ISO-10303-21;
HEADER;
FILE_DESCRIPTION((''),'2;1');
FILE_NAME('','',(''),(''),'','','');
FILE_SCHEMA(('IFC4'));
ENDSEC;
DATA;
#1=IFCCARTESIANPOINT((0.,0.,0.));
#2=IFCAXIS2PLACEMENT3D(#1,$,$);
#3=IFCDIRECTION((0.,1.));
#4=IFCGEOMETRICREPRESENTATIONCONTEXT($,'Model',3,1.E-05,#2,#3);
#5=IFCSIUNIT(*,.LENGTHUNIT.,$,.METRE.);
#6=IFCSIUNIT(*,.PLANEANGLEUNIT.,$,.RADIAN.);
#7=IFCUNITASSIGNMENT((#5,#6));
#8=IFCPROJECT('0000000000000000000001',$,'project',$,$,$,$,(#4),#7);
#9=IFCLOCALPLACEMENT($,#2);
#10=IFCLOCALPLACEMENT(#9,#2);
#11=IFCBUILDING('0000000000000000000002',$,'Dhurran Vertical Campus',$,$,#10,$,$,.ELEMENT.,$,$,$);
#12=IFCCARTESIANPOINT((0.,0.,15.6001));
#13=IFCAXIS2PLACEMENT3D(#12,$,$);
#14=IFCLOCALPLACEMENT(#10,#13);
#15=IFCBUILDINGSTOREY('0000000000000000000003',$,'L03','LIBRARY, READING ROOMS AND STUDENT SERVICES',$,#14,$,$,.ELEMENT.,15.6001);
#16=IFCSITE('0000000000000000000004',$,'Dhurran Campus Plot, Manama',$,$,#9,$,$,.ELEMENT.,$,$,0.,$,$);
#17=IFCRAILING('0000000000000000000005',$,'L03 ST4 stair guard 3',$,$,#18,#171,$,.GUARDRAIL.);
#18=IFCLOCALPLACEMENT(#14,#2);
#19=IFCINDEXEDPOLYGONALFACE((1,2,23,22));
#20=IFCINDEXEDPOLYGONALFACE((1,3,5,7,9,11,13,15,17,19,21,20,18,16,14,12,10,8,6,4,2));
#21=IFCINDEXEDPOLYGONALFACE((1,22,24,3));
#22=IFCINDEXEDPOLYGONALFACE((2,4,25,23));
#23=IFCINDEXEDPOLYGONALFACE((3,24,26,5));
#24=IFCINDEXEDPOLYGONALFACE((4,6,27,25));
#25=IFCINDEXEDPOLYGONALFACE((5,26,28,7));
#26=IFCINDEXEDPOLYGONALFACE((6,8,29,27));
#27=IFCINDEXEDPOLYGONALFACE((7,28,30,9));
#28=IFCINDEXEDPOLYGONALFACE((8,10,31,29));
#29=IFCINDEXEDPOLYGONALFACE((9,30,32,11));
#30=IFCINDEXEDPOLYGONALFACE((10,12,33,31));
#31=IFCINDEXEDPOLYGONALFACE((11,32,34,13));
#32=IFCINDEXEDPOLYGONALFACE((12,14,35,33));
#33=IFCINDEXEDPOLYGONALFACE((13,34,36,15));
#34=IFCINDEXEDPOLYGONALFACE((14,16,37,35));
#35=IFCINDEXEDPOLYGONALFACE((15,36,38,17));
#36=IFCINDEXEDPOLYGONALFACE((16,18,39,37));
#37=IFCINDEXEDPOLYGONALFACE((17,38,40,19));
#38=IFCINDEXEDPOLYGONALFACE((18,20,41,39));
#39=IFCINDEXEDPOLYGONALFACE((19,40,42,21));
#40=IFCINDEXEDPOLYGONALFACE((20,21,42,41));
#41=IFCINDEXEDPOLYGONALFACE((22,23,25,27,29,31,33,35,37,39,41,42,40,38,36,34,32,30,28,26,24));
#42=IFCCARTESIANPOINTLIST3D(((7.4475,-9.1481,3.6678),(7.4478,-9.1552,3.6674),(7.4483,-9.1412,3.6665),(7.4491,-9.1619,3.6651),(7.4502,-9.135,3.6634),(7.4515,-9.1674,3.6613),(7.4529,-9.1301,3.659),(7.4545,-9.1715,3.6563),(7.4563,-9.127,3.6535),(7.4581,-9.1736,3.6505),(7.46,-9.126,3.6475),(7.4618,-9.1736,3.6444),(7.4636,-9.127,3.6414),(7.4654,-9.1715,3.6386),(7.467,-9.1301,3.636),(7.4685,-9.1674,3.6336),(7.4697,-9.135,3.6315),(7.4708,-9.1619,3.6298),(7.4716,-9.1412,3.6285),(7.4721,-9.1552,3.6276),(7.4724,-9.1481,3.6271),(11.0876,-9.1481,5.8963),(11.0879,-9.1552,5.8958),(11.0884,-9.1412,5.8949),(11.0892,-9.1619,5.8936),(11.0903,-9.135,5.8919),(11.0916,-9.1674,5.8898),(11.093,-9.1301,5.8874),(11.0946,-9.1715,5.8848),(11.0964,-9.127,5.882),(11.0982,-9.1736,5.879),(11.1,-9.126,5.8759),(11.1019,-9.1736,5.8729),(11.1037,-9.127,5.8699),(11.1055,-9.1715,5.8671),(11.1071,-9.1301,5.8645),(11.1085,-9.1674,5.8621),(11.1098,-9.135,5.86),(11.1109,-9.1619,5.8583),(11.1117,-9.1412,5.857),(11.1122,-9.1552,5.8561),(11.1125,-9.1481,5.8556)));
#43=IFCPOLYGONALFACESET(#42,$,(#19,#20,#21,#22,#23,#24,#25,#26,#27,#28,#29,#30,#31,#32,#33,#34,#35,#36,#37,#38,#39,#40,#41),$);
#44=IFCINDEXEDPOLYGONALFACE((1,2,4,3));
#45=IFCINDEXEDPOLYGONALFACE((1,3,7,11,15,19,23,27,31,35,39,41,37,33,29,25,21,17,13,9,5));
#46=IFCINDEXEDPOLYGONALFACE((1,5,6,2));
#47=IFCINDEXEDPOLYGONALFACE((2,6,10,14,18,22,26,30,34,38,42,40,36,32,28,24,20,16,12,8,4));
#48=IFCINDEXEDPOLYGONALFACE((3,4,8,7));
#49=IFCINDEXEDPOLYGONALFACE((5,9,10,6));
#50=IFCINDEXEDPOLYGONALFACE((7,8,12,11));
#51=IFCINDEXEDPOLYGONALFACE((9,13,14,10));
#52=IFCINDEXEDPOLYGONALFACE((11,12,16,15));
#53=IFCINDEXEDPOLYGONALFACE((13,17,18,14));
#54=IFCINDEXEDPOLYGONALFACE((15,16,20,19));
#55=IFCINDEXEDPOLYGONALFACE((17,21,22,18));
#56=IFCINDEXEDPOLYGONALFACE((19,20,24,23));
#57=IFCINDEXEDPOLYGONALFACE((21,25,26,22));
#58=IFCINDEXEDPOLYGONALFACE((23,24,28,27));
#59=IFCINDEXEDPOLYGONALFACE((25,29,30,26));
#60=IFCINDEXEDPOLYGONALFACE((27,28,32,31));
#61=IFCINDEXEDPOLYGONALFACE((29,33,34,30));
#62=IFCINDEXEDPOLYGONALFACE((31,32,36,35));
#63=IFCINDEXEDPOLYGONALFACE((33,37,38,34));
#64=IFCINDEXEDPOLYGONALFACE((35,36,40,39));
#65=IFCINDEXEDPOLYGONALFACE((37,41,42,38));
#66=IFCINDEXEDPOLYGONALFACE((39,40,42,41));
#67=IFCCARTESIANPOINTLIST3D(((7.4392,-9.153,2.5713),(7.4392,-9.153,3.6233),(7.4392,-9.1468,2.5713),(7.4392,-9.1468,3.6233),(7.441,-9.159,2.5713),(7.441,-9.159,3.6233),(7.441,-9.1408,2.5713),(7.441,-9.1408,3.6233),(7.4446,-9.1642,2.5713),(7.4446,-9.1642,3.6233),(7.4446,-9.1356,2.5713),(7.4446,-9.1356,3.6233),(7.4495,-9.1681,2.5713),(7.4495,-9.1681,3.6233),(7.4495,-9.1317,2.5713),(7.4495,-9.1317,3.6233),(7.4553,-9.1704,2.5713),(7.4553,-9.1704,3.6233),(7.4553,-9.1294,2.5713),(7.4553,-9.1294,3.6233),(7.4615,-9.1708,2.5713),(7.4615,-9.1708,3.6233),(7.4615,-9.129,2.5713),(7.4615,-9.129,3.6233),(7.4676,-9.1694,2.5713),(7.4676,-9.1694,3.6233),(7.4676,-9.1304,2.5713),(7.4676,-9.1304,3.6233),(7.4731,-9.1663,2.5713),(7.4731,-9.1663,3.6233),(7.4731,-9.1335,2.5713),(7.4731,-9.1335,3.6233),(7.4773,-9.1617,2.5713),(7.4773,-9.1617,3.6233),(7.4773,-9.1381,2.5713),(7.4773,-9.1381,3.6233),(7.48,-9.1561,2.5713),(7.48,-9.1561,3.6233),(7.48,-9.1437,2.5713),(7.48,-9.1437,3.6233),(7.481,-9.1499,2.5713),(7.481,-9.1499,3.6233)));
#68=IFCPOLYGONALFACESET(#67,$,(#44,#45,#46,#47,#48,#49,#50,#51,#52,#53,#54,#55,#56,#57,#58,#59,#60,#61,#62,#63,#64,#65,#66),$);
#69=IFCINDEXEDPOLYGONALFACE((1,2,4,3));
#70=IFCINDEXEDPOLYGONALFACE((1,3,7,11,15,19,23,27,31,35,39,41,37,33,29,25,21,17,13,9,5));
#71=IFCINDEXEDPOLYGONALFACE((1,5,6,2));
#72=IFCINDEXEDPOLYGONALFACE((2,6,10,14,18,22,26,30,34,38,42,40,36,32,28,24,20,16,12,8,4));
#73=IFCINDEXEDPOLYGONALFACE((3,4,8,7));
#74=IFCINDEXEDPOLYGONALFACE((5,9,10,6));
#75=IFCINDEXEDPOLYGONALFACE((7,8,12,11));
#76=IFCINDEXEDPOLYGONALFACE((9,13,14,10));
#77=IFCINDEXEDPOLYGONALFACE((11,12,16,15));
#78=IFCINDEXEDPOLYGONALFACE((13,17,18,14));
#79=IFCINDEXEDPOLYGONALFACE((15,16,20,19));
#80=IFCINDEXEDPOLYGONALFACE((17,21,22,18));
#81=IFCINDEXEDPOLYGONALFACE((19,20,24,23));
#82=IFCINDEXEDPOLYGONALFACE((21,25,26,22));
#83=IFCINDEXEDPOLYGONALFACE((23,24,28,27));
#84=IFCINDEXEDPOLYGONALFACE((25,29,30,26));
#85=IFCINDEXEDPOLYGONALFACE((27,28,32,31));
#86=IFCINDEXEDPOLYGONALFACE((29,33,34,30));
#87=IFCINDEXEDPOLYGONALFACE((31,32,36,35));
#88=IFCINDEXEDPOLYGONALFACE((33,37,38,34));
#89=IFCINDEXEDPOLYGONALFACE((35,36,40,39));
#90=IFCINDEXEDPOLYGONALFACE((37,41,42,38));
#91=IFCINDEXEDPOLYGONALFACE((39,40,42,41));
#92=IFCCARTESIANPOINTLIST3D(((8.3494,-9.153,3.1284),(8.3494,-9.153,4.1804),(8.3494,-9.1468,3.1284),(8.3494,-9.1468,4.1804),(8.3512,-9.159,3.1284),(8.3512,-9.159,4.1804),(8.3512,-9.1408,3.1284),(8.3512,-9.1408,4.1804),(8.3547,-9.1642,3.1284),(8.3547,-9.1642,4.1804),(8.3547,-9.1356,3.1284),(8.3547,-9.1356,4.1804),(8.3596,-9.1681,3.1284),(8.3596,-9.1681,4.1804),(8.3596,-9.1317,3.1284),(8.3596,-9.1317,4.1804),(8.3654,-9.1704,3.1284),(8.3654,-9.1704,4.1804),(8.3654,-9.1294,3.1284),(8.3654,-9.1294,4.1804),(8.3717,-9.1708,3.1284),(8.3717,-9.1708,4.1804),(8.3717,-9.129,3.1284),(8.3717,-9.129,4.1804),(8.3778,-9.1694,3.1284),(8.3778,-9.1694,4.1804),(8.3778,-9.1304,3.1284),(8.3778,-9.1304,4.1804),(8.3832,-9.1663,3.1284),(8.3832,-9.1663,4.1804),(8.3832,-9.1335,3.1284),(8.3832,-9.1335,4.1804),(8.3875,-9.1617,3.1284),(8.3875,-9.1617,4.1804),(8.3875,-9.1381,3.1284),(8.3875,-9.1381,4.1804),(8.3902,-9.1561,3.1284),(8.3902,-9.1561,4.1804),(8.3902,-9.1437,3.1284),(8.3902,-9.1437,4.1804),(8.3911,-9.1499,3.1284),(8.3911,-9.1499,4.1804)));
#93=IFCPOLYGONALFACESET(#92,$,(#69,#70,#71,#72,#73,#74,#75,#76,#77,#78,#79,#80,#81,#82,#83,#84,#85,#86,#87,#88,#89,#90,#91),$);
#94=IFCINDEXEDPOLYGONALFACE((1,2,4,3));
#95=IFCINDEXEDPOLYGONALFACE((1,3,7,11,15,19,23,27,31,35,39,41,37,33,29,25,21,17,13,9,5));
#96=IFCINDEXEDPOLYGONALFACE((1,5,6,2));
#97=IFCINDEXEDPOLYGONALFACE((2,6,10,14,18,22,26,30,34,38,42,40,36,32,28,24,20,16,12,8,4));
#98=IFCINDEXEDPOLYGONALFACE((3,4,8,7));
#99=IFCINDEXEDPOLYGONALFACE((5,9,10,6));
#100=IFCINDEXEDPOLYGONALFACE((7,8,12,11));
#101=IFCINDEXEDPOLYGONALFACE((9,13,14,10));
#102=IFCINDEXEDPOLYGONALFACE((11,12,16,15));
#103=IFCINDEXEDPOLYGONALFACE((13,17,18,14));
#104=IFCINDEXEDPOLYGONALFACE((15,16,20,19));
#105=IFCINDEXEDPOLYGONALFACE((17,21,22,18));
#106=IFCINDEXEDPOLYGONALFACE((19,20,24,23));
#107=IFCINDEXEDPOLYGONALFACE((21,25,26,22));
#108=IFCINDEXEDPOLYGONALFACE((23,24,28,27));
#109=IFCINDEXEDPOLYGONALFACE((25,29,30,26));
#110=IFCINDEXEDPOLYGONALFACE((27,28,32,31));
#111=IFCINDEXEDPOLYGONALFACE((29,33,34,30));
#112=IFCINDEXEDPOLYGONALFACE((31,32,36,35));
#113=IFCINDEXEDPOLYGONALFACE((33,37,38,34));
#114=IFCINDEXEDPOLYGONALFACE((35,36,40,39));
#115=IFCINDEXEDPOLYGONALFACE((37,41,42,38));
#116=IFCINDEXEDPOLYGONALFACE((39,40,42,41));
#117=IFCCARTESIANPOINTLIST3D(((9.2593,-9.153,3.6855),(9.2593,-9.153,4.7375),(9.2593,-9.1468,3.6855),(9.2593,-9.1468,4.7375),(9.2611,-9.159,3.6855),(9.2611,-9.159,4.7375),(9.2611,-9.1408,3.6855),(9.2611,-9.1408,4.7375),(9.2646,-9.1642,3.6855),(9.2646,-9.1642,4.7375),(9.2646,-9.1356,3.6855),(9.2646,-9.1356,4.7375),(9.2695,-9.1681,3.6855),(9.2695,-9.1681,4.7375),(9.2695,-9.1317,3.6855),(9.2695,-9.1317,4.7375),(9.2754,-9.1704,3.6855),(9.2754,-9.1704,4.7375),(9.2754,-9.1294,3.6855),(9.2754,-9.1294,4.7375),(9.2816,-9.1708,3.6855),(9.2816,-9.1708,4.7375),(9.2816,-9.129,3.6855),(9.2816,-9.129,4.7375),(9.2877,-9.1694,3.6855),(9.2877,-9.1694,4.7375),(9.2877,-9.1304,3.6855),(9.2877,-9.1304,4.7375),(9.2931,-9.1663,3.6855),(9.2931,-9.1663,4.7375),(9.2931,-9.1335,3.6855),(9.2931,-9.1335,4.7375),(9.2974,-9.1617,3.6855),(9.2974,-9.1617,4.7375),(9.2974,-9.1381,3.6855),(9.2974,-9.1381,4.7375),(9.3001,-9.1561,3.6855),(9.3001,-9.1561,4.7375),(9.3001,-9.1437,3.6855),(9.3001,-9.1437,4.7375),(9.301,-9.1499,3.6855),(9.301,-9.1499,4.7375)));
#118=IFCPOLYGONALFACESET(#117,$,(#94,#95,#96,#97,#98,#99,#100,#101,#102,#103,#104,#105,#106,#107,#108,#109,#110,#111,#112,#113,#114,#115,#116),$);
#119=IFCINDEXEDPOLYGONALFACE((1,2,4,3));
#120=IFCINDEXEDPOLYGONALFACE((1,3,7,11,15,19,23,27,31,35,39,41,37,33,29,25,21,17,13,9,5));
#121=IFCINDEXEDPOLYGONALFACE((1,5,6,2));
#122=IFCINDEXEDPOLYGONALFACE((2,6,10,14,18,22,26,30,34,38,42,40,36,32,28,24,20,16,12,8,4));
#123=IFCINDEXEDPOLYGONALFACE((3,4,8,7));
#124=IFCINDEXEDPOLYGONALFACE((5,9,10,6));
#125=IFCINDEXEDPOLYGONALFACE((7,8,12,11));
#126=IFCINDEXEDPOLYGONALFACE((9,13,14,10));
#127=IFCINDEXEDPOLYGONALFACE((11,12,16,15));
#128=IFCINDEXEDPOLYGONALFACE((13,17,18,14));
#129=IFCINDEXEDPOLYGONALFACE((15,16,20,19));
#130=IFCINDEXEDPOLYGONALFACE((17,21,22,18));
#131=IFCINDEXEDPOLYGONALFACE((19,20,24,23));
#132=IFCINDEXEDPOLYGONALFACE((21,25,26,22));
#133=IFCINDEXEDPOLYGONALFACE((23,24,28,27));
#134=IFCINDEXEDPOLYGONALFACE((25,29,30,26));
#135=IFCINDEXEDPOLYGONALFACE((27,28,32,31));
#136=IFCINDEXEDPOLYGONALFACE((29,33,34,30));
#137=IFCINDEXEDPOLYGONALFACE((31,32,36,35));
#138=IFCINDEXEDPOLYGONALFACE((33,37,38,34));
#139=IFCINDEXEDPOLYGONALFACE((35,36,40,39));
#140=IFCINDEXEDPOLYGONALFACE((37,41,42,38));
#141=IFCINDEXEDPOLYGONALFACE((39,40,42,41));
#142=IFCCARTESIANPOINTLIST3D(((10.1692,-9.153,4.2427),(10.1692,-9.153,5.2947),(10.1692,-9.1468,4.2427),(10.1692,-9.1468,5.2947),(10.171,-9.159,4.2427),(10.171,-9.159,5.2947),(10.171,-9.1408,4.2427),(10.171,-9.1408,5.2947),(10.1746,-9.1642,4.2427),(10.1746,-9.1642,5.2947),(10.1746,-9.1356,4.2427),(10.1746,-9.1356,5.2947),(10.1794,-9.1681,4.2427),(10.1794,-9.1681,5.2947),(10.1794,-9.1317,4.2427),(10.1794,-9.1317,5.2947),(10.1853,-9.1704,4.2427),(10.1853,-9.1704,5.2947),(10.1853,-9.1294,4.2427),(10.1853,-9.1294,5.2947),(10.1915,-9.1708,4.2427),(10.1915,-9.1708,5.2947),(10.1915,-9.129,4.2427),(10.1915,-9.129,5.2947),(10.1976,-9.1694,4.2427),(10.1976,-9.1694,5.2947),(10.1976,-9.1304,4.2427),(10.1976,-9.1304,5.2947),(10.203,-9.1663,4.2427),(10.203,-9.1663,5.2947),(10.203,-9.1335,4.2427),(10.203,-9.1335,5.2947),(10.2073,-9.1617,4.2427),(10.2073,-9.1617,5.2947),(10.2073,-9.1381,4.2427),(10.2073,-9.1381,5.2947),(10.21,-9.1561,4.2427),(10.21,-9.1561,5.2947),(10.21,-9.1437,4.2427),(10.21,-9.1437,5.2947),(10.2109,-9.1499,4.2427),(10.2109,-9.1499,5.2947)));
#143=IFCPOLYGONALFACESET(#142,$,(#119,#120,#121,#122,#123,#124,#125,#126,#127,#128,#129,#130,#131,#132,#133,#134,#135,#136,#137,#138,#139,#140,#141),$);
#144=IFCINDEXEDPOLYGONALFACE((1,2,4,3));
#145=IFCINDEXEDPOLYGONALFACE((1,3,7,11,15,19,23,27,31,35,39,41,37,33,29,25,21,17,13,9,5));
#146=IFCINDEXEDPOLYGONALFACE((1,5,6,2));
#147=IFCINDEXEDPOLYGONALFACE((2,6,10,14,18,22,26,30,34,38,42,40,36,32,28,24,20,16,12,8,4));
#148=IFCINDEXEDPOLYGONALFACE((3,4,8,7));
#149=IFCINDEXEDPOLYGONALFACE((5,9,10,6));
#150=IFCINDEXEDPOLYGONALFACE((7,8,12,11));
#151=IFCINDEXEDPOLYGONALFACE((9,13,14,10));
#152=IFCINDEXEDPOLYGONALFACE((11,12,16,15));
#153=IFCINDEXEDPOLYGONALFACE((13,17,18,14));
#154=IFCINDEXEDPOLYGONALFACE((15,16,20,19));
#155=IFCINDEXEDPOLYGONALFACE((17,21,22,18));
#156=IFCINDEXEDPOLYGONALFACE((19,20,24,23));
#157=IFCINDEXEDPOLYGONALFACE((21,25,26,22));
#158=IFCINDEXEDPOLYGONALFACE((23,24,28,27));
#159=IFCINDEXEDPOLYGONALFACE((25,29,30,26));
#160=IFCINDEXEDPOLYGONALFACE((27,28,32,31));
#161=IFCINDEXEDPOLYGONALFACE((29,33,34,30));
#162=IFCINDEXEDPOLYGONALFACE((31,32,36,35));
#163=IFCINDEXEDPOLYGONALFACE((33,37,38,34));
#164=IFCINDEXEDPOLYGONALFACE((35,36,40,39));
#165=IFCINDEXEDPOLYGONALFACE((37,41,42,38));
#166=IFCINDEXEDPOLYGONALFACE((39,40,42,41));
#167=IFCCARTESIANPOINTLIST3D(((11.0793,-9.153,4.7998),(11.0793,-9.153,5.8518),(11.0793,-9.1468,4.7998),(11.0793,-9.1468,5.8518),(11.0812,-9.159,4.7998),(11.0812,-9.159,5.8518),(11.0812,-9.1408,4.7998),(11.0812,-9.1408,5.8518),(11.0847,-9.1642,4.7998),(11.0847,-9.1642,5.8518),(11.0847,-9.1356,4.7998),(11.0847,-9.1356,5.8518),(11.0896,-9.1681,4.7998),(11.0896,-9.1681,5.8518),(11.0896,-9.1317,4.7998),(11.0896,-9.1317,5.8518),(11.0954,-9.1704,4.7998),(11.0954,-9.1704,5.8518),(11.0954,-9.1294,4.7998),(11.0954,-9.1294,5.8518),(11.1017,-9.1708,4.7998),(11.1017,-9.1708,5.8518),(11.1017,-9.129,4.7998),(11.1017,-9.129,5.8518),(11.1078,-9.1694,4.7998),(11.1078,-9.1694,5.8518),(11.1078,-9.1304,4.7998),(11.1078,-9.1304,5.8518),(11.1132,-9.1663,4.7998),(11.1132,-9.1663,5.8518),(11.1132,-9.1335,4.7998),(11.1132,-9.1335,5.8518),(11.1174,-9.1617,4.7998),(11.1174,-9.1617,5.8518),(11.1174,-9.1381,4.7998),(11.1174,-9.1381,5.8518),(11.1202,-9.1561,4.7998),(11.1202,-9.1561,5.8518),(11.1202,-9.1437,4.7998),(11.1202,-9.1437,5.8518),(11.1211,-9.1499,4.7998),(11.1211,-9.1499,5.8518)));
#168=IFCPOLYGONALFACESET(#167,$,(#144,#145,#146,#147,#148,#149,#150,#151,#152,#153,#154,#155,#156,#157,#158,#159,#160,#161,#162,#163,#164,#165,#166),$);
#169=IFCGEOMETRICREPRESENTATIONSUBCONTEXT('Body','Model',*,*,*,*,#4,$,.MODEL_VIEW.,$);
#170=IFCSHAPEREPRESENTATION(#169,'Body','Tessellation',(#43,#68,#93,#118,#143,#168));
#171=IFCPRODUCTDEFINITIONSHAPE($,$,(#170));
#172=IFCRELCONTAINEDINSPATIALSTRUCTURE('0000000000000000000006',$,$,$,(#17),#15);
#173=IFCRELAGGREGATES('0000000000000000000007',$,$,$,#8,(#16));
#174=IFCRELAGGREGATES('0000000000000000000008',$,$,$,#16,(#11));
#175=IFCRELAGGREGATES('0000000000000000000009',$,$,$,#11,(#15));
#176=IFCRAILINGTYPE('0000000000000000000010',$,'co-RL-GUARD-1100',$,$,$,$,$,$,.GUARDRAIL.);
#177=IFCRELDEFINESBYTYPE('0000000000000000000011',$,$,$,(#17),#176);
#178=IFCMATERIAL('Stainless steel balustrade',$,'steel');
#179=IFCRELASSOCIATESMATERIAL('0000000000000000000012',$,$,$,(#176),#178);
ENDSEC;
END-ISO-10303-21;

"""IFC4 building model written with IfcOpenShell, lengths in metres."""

from ifc_helpers import new_model, si_unit, direction, frame, origin, origin_2d, place, context, subcontext, project, spatial, circle, extrude, material, type_object, element, save


model = new_model("IFC4")

# Units and contexts
model_context = context("Model", 3, precision=1e-05, world=origin(), true_north=direction((0.0, 1.0)))
body_context = subcontext(model_context, "Body", "Model", "MODEL_VIEW")
ifc_project = project(units=[si_unit("LENGTHUNIT", "METRE"), si_unit("PLANEANGLEUNIT", "RADIAN")], contexts=[model_context])

# Site, building, storey
site_placement = place(None, origin())
site = spatial("IfcSite", under=ifc_project, at=site_placement, Name="Dhurran Campus Plot, Manama", CompositionType="ELEMENT", RefElevation=0.0)
building_placement = place(site_placement, origin())
building = spatial("IfcBuilding", under=site, at=building_placement, Name="Dhurran Vertical Campus", CompositionType="ELEMENT")
storey_placement = place(building_placement, frame((0.0, 0.0, 15.6001)))
storey = spatial("IfcBuildingStorey", under=building, at=storey_placement, Name="L03", Description="LIBRARY, READING ROOMS AND STUDENT SERVICES", CompositionType="ELEMENT", Elevation=15.6001)

# Railing
ifc_material_1 = material(Name="Stainless steel balustrade", Category="steel")
railing_type_1 = type_object("IfcRailingType", Name="co-RL-GUARD-1100", PredefinedType="GUARDRAIL", material=ifc_material_1)
railing_1_placement = place(storey_placement, frame((7.46, -9.1499, 2.5713)))
element("IfcRailing", 1, at=railing_1_placement, inside=storey, type_object=railing_type_1, Name="L03 ST4 stair guard 3", PredefinedType="GUARDRAIL", context=body_context, shape_type="SweptSolid", body=[
    extrude(circle(Radius=0.0239, at=origin_2d()), frame((0.0, 0.0, 1.0762), z_axis=(0.852866, 0.0, 0.52213), x_axis=(0.0, 1.0, 0.0)), (0.0, 0.0, 1.0), 4.2681),
    extrude(circle(Radius=0.021, at=origin_2d()), origin(), (0.0, 0.0, 1.0), 1.052),
    extrude(circle(Radius=0.021, at=origin_2d()), frame((0.9102, 0.0, 0.5571)), (0.0, 0.0, 1.0), 1.052),
    extrude(circle(Radius=0.021, at=origin_2d()), frame((1.8201, 0.0, 1.1143)), (0.0, 0.0, 1.0), 1.052),
    extrude(circle(Radius=0.021, at=origin_2d()), frame((2.73, 0.0, 1.6714)), (0.0, 0.0, 1.0), 1.052),
    extrude(circle(Radius=0.021, at=origin_2d()), frame((3.6401, 0.0, 2.2285)), (0.0, 0.0, 1.0), 1.052),
])

save(model, "model.ifc")
